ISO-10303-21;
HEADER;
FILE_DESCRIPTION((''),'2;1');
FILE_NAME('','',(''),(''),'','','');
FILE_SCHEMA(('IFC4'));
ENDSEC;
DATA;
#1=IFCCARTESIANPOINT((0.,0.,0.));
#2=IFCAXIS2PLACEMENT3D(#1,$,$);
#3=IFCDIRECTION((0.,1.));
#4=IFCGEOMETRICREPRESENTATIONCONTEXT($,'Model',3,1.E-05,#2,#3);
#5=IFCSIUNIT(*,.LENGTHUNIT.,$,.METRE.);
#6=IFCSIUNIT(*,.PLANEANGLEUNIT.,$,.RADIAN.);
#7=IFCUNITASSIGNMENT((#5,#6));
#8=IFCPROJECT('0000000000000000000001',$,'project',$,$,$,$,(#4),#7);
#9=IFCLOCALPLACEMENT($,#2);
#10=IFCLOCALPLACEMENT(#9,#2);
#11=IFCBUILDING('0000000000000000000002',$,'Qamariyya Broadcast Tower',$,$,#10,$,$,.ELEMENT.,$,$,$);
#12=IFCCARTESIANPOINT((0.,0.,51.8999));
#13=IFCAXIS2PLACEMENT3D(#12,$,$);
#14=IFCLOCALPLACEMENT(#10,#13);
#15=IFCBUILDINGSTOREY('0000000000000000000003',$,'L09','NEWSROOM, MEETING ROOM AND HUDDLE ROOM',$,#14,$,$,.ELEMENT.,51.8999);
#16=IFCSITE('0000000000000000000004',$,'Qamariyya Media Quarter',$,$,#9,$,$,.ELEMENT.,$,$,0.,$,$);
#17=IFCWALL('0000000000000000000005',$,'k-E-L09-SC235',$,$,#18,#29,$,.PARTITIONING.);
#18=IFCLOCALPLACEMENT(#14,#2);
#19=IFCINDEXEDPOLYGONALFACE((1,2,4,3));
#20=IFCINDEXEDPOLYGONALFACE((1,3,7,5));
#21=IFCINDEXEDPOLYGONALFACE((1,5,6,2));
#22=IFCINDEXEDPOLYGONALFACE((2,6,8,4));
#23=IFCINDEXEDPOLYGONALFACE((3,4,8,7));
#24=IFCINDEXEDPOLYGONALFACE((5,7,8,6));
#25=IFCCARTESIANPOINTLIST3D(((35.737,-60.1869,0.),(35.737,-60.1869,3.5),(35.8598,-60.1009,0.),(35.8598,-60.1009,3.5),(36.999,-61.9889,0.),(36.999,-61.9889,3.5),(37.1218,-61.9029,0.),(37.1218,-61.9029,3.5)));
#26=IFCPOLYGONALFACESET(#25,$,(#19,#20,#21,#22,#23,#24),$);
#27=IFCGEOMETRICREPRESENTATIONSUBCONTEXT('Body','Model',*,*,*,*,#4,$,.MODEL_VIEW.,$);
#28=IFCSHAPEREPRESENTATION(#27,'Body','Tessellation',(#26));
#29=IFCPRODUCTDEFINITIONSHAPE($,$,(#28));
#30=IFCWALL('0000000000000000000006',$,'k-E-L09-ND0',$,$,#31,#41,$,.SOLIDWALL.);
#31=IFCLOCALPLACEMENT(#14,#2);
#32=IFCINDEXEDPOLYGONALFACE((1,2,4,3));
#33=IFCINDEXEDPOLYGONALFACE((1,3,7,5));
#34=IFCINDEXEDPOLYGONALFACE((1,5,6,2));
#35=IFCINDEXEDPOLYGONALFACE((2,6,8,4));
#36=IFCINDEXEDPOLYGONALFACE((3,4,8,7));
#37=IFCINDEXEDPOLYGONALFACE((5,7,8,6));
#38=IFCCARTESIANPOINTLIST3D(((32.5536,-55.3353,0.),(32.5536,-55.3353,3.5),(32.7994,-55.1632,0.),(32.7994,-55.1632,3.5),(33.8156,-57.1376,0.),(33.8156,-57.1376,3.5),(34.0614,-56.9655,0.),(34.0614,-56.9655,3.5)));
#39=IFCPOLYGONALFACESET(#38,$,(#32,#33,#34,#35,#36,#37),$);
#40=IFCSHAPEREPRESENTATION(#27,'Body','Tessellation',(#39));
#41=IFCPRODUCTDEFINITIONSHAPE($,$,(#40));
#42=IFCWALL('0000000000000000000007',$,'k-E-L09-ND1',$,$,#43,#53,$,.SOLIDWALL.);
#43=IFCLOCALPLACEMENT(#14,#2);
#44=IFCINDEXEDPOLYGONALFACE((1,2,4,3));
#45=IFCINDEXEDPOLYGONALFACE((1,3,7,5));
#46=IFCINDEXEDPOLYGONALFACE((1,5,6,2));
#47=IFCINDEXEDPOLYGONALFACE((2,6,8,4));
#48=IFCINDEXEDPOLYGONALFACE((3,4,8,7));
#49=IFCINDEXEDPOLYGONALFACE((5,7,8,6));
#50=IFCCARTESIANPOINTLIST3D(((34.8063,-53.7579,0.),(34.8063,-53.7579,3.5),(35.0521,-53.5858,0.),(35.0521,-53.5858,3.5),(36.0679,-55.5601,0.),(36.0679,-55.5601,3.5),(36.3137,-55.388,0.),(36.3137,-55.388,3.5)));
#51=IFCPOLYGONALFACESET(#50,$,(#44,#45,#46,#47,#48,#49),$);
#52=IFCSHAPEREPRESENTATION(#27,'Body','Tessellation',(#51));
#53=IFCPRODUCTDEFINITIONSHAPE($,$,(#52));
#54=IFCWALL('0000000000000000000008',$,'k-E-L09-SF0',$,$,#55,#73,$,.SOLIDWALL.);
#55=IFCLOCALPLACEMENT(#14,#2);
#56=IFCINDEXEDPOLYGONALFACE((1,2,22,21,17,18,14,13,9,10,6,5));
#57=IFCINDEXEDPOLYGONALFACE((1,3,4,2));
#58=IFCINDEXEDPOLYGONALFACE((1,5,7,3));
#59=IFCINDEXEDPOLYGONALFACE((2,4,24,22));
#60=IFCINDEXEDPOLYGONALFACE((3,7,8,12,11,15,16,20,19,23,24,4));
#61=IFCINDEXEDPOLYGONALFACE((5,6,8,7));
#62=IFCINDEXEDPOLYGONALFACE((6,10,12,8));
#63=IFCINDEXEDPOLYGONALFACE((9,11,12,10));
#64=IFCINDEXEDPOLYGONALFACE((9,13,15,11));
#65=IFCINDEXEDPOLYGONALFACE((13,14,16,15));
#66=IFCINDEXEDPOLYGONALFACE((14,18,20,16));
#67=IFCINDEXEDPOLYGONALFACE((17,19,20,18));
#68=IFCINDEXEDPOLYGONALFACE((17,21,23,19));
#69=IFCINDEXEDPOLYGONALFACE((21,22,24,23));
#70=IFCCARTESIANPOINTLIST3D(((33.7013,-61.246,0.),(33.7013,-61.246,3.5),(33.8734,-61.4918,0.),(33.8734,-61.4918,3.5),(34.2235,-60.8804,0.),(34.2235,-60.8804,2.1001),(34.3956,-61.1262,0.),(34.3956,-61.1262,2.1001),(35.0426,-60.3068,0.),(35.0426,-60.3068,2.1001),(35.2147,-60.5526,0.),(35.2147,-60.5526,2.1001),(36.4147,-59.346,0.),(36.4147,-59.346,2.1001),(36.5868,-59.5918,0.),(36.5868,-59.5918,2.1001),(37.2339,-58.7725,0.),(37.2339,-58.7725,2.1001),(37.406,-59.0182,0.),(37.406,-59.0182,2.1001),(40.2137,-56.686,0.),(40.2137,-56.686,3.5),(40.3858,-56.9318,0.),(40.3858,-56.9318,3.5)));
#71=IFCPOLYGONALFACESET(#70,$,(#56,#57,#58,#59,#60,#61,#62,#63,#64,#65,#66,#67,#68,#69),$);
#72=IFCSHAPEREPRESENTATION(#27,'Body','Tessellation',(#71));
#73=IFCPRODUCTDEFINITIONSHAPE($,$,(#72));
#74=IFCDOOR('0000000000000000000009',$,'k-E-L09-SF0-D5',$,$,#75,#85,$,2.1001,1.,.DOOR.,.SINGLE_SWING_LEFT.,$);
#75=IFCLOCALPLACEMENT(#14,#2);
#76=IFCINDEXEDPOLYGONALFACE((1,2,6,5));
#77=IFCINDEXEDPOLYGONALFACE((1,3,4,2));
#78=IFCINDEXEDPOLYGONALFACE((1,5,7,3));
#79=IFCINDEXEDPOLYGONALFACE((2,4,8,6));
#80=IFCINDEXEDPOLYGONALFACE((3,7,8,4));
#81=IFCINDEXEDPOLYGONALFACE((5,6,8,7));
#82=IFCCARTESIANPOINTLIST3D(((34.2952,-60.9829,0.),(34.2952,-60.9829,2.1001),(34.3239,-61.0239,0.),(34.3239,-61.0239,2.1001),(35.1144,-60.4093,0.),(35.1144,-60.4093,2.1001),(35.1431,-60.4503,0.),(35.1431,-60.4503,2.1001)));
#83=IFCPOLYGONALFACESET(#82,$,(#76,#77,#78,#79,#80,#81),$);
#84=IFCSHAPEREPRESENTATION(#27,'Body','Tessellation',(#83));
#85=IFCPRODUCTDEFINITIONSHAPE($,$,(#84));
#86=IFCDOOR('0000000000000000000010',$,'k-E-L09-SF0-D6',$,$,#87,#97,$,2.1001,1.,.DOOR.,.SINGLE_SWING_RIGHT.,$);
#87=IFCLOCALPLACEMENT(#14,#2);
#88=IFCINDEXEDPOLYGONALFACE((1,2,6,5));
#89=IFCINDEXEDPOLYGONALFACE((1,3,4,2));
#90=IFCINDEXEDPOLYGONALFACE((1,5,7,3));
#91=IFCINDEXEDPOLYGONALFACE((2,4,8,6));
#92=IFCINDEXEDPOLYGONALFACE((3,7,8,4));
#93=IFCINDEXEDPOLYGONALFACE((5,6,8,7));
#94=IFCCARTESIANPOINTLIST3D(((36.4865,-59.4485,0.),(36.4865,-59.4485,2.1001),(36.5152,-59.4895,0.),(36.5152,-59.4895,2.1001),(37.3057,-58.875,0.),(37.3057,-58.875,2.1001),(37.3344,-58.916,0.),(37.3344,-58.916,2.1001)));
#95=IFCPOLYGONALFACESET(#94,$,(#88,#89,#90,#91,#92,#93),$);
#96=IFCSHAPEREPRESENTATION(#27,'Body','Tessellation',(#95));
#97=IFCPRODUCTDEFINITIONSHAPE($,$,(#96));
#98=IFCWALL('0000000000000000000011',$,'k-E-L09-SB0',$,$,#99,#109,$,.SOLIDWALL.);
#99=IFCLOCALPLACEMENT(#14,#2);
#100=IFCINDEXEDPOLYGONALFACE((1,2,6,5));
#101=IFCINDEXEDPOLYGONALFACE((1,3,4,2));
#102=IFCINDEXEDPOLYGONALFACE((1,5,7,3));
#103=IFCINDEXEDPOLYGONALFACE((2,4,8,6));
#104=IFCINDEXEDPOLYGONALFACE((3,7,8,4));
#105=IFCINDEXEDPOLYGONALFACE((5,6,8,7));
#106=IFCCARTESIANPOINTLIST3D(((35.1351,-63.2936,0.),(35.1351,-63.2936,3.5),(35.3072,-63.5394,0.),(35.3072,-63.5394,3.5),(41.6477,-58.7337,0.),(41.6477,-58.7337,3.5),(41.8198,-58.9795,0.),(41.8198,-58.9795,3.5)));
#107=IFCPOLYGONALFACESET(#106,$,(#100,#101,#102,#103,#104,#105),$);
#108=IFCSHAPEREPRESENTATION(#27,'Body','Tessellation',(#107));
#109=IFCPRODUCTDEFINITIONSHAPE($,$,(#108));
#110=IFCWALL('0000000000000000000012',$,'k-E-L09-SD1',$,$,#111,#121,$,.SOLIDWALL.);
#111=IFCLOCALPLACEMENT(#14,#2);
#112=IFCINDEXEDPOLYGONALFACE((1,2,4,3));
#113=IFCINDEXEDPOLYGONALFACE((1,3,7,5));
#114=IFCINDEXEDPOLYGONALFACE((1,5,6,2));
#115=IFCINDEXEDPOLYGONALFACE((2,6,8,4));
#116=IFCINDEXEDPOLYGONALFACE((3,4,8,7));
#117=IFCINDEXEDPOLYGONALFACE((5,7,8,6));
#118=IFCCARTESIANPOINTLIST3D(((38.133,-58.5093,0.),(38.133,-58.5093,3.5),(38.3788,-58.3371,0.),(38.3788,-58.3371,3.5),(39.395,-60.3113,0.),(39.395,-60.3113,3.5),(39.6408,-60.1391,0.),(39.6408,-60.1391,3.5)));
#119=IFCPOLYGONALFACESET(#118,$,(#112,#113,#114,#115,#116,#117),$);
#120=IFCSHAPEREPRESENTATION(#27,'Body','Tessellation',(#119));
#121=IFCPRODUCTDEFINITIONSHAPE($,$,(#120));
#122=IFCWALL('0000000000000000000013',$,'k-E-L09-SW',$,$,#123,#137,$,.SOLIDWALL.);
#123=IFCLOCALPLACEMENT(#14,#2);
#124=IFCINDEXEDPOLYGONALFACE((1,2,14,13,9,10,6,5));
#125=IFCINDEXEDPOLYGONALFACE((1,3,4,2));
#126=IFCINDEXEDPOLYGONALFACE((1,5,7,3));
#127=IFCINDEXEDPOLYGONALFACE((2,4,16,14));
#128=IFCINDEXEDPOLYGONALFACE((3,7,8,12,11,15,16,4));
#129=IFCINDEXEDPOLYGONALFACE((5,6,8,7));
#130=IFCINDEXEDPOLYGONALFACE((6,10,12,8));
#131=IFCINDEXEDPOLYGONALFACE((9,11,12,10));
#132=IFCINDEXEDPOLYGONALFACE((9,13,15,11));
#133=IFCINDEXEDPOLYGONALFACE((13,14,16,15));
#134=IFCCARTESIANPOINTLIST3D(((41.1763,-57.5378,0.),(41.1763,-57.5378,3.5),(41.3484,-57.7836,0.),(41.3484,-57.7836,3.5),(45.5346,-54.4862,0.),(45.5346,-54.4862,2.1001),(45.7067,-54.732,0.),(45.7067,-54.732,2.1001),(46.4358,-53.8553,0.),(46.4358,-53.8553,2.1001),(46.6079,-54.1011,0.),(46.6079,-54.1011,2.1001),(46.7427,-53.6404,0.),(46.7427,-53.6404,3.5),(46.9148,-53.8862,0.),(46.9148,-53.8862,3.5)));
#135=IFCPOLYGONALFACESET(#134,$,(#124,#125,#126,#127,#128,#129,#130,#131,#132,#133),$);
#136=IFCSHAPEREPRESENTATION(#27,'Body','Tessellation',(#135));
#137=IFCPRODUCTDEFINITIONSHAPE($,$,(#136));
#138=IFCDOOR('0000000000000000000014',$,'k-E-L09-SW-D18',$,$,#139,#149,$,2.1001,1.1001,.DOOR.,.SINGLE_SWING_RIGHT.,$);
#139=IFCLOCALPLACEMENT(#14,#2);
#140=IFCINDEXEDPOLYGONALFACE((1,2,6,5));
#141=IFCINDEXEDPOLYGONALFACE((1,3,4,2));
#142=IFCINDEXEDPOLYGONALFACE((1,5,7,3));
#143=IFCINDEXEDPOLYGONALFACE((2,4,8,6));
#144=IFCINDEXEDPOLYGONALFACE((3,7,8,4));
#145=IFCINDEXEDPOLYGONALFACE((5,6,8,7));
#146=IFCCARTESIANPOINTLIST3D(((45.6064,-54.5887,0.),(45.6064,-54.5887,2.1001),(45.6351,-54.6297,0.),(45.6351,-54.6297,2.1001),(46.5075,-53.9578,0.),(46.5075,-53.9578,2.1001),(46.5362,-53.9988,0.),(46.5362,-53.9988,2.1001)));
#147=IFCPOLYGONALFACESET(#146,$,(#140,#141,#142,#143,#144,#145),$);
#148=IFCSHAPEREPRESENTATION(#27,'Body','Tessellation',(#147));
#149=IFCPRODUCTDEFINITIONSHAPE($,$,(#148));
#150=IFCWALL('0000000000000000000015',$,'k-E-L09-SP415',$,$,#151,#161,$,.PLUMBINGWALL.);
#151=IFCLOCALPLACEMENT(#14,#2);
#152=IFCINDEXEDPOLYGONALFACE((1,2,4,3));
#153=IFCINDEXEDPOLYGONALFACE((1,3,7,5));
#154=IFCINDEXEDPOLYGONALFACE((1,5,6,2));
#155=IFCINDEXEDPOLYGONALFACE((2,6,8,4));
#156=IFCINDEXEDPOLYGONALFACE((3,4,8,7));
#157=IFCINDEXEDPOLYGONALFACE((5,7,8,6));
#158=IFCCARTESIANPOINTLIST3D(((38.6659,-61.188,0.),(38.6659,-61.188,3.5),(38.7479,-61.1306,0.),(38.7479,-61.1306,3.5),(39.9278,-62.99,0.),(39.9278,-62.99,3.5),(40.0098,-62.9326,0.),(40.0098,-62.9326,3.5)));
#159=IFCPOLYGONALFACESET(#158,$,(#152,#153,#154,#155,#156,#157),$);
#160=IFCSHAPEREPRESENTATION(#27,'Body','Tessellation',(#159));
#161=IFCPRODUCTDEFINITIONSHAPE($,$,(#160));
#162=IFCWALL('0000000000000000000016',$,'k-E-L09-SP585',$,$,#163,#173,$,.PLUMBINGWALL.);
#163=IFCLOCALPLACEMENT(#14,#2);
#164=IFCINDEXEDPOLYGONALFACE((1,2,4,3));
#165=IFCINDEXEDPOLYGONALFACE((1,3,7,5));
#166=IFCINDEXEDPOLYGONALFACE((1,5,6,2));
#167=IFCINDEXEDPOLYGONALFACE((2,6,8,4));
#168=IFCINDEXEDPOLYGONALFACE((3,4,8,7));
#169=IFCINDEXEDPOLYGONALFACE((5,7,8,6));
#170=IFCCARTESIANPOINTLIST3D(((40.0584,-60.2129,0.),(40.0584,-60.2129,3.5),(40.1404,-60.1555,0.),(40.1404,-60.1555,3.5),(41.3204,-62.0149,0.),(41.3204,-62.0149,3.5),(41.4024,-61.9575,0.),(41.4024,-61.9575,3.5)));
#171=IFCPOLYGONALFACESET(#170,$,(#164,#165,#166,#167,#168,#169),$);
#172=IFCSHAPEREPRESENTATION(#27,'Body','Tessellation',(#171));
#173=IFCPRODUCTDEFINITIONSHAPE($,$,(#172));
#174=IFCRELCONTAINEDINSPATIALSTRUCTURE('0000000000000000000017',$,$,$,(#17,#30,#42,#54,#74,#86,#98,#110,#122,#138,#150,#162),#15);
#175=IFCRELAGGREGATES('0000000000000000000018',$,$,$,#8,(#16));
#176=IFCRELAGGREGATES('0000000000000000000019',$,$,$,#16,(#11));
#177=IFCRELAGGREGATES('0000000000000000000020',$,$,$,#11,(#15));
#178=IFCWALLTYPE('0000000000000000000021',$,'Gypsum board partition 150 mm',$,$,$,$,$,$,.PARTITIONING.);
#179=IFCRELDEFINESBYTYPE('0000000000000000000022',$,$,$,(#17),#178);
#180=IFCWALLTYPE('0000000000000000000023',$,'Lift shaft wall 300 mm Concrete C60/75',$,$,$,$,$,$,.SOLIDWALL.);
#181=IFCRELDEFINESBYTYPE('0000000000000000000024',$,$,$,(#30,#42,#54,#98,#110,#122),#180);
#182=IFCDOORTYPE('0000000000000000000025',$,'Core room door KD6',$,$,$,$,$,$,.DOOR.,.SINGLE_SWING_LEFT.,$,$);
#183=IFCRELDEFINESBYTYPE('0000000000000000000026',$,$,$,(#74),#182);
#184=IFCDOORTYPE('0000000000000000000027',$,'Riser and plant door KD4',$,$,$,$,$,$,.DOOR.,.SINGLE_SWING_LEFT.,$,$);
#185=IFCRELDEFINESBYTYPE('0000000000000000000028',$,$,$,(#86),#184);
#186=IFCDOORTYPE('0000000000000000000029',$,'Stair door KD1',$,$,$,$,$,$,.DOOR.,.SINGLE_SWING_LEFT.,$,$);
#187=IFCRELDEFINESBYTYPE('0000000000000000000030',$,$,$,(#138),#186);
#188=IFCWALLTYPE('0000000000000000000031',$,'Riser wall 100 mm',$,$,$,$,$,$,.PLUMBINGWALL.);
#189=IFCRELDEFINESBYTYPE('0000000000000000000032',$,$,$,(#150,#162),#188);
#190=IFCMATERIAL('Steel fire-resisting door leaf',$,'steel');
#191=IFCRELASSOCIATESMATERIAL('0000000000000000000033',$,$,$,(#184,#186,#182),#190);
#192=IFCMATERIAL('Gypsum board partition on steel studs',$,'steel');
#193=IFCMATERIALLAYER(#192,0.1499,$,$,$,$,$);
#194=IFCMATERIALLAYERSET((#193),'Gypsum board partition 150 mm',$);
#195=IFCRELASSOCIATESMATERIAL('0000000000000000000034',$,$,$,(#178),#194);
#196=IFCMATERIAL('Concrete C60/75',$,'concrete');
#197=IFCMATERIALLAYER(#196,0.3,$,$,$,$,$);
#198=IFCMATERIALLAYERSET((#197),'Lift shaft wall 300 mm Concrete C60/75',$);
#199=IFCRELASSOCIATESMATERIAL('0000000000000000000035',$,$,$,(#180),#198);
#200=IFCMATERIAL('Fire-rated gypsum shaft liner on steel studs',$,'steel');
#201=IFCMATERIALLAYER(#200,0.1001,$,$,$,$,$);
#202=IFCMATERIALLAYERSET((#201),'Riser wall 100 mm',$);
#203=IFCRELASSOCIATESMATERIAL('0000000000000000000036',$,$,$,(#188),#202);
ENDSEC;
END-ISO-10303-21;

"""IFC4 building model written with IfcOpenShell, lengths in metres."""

from ifc_helpers import new_model, si_unit, direction, frame, frame_2d, origin, place, context, subcontext, project, spatial, rectangle, extrude, material, layer, layer_set, type_object, element, fill, save


model = new_model("IFC4")

# Units and contexts
model_context = context("Model", 3, precision=1e-05, world=origin(), true_north=direction((0.0, 1.0)))
body_context = subcontext(model_context, "Body", "Model", "MODEL_VIEW")
ifc_project = project(units=[si_unit("LENGTHUNIT", "METRE"), si_unit("PLANEANGLEUNIT", "RADIAN")], contexts=[model_context])

# Site, building, storey
site_placement = place(None, origin())
site = spatial("IfcSite", under=ifc_project, at=site_placement, Name="Qamariyya Media Quarter", CompositionType="ELEMENT", RefElevation=0.0)
building_placement = place(site_placement, origin())
building = spatial("IfcBuilding", under=site, at=building_placement, Name="Qamariyya Broadcast Tower", CompositionType="ELEMENT")
storey_placement = place(building_placement, frame((0.0, 0.0, 51.8999)))
storey = spatial("IfcBuildingStorey", under=building, at=storey_placement, Name="L09", Description="NEWSROOM, MEETING ROOM AND HUDDLE ROOM", CompositionType="ELEMENT", Elevation=51.8999)

# Shared definitions
ifc_material_1 = material(Name="Steel fire-resisting door leaf", Category="steel")

# Shared definitions
door_type_1 = type_object("IfcDoorType", Name="Riser and plant door KD4", OperationType="SINGLE_SWING_LEFT", PredefinedType="DOOR", material=ifc_material_1)
door_type_2 = type_object("IfcDoorType", Name="Stair door KD1", OperationType="SINGLE_SWING_LEFT", PredefinedType="DOOR", material=ifc_material_1)

# Walls
ifc_material_2 = material(Name="Concrete C60/75", Category="concrete")
ifc_material_3 = material(Name="Gypsum board partition on steel studs", Category="steel")
ifc_layer_1 = layer(ifc_material_3, 0.1499)
ifc_layer_set_1 = layer_set([ifc_layer_1], Name="Gypsum board partition 150 mm")
wall_type_1 = type_object("IfcWallType", Name="Gypsum board partition 150 mm", PredefinedType="PARTITIONING", material=ifc_layer_set_1)
wall_1_placement = place(storey_placement, frame((35.7983, -60.1438, 0.0), z_axis=(0.0, 0.0, 1.0), x_axis=(0.573634, -0.819112, 0.0)))
element("IfcWall", 1, at=wall_1_placement, inside=storey, type_object=wall_type_1, Name="k-E-L09-SC235", PredefinedType="PARTITIONING", context=body_context, shape_type="SweptSolid", body=[
    extrude(rectangle(XDim=2.2, YDim=0.1499, at=frame_2d((1.1001, 0.0))), origin(), (0.0, 0.0, 1.0), 3.5),
])
ifc_layer_2 = layer(ifc_material_2, 0.3)
ifc_layer_set_2 = layer_set([ifc_layer_2], Name="Lift shaft wall 300 mm Concrete C60/75")
wall_type_2 = type_object("IfcWallType", Name="Lift shaft wall 300 mm Concrete C60/75", PredefinedType="SOLIDWALL", material=ifc_layer_set_2)
wall_2_placement = place(storey_placement, frame((33.9385, -57.0515, 0.0), z_axis=(0.0, 0.0, 1.0), x_axis=(-0.573581, 0.819149, 0.0)))
element("IfcWall", 2, at=wall_2_placement, inside=storey, type_object=wall_type_2, Name="k-E-L09-ND0", PredefinedType="SOLIDWALL", context=body_context, shape_type="SweptSolid", body=[
    extrude(rectangle(XDim=2.2002, YDim=0.3, at=frame_2d((1.1001, 0.0))), origin(), (0.0, 0.0, 1.0), 3.5),
])
wall_3_placement = place(storey_placement, frame((36.1909, -55.4741, 0.0), z_axis=(0.0, 0.0, 1.0), x_axis=(-0.573507, 0.819201, 0.0)))
element("IfcWall", 3, at=wall_3_placement, inside=storey, type_object=wall_type_2, Name="k-E-L09-ND1", PredefinedType="SOLIDWALL", context=body_context, shape_type="SweptSolid", body=[
    extrude(rectangle(XDim=2.2, YDim=0.3, at=frame_2d((1.1001, 0.0))), origin(), (0.0, 0.0, 1.0), 3.5),
])

# Wall, openings, doors
wall_4_placement = place(storey_placement, frame((33.7874, -61.3689, 0.0), z_axis=(0.0, 0.0, 1.0), x_axis=(0.819153, 0.573576, 0.0)))
wall_4 = element("IfcWall", 4, at=wall_4_placement, inside=storey, type_object=wall_type_2, Name="k-E-L09-SF0", PredefinedType="SOLIDWALL", context=body_context, shape_type="SweptSolid", body=[
    extrude(rectangle(XDim=7.9502, YDim=0.3, at=frame_2d((3.9751, 0.0))), origin(), (0.0, 0.0, 1.0), 3.5),
])
opening_1_placement = place(wall_4_placement, frame((0.6375, 0.0, 0.0)))
opening_1 = element("IfcOpeningElement", 5, at=opening_1_placement, cuts=wall_4, PredefinedType="OPENING", context=body_context, shape_type="SweptSolid", body=[
    extrude(rectangle(XDim=1.0, YDim=2.1001, at=frame_2d((0.5, 1.05))), frame((0.0, 0.1599, 0.0), z_axis=(0.0, -1.0, 0.0), x_axis=(1.0, 0.0, 0.0)), (0.0, 0.0, 1.0), 0.3201),
])
opening_2_placement = place(wall_4_placement, frame((3.3125, 0.0, 0.0)))
opening_2 = element("IfcOpeningElement", 6, at=opening_2_placement, cuts=wall_4, PredefinedType="OPENING", context=body_context, shape_type="SweptSolid", body=[
    extrude(rectangle(XDim=1.0, YDim=2.1001, at=frame_2d((0.5, 1.05))), frame((0.0, 0.1599, 0.0), z_axis=(0.0, -1.0, 0.0), x_axis=(1.0, 0.0, 0.0)), (0.0, 0.0, 1.0), 0.3201),
])
door_type_3 = type_object("IfcDoorType", Name="Core room door KD6", OperationType="SINGLE_SWING_LEFT", PredefinedType="DOOR", material=ifc_material_1)
door_1_placement = place(opening_1_placement, origin())
door_1 = element("IfcDoor", 7, at=door_1_placement, inside=storey, type_object=door_type_3, Name="k-E-L09-SF0-D5", OperationType="SINGLE_SWING_LEFT", OverallHeight=2.1001, OverallWidth=1.0, PredefinedType="DOOR", context=body_context, shape_type="SweptSolid", body=[
    extrude(rectangle(XDim=1.0, YDim=2.1001, at=frame_2d((0.5, 1.05))), frame((0.0, 0.0249, 0.0), z_axis=(0.0, -1.0, 0.0), x_axis=(1.0, 0.0, 0.0)), (0.0, 0.0, 1.0), 0.05),
])
fill(opening_1, door_1)
door_2_placement = place(opening_2_placement, origin())
door_2 = element("IfcDoor", 8, at=door_2_placement, inside=storey, type_object=door_type_1, Name="k-E-L09-SF0-D6", OperationType="SINGLE_SWING_RIGHT", OverallHeight=2.1001, OverallWidth=1.0, PredefinedType="DOOR", context=body_context, shape_type="SweptSolid", body=[
    extrude(rectangle(XDim=1.0, YDim=2.1001, at=frame_2d((0.5, 1.05))), frame((0.0, 0.0249, 0.0), z_axis=(0.0, -1.0, 0.0), x_axis=(1.0, 0.0, 0.0)), (0.0, 0.0, 1.0), 0.05),
])
fill(opening_2, door_2)

# Walls
wall_5_placement = place(storey_placement, frame((35.2212, -63.4165, 0.0), z_axis=(0.0, 0.0, 1.0), x_axis=(0.819167, 0.573555, 0.0)))
element("IfcWall", 9, at=wall_5_placement, inside=storey, type_object=wall_type_2, Name="k-E-L09-SB0", PredefinedType="SOLIDWALL", context=body_context, shape_type="SweptSolid", body=[
    extrude(rectangle(XDim=7.9502, YDim=0.3, at=frame_2d((3.9751, 0.0))), origin(), (0.0, 0.0, 1.0), 3.5),
])
wall_6_placement = place(storey_placement, frame((38.2559, -58.4231, 0.0), z_axis=(0.0, 0.0, 1.0), x_axis=(0.573634, -0.819112, 0.0)))
element("IfcWall", 10, at=wall_6_placement, inside=storey, type_object=wall_type_2, Name="k-E-L09-SD1", PredefinedType="SOLIDWALL", context=body_context, shape_type="SweptSolid", body=[
    extrude(rectangle(XDim=2.2, YDim=0.3, at=frame_2d((1.1001, 0.0))), origin(), (0.0, 0.0, 1.0), 3.5),
])

# Wall, opening, door
wall_7_placement = place(storey_placement, frame((41.2625, -57.6606, 0.0), z_axis=(0.0, 0.0, 1.0), x_axis=(0.819164, 0.573559, 0.0)))
wall_7 = element("IfcWall", 11, at=wall_7_placement, inside=storey, type_object=wall_type_2, Name="k-E-L09-SW", PredefinedType="SOLIDWALL", context=body_context, shape_type="SweptSolid", body=[
    extrude(rectangle(XDim=6.7952, YDim=0.3, at=frame_2d((3.3975, 0.0))), origin(), (0.0, 0.0, 1.0), 3.5),
])
opening_3_placement = place(wall_7_placement, frame((5.3203, 0.0, 0.0)))
opening_3 = element("IfcOpeningElement", 12, at=opening_3_placement, cuts=wall_7, PredefinedType="OPENING", context=body_context, shape_type="SweptSolid", body=[
    extrude(rectangle(XDim=1.1001, YDim=2.1001, at=frame_2d((0.55, 1.05))), frame((0.0, 0.1599, 0.0), z_axis=(0.0, -1.0, 0.0), x_axis=(1.0, 0.0, 0.0)), (0.0, 0.0, 1.0), 0.3201),
])
door_3_placement = place(opening_3_placement, origin())
door_3 = element("IfcDoor", 13, at=door_3_placement, inside=storey, type_object=door_type_2, Name="k-E-L09-SW-D18", OperationType="SINGLE_SWING_RIGHT", OverallHeight=2.1001, OverallWidth=1.1001, PredefinedType="DOOR", context=body_context, shape_type="SweptSolid", body=[
    extrude(rectangle(XDim=1.1001, YDim=2.1001, at=frame_2d((0.55, 1.05))), frame((0.0, 0.0249, 0.0), z_axis=(0.0, -1.0, 0.0), x_axis=(1.0, 0.0, 0.0)), (0.0, 0.0, 1.0), 0.05),
])
fill(opening_3, door_3)

# Walls
ifc_material_4 = material(Name="Fire-rated gypsum shaft liner on steel studs", Category="steel")
ifc_layer_3 = layer(ifc_material_4, 0.1001)
ifc_layer_set_3 = layer_set([ifc_layer_3], Name="Riser wall 100 mm")
wall_type_3 = type_object("IfcWallType", Name="Riser wall 100 mm", PredefinedType="PLUMBINGWALL", material=ifc_layer_set_3)
for number, where, z_axis, x_axis, name in (
    (14, (38.7068, -61.1592, 0.0), (0.0, 0.0, 1.0), (0.573634, -0.819112, 0.0), "k-E-L09-SP415"),
    (15, (40.0994, -60.1841, 0.0), (0.0, 0.0, 1.0), (0.573634, -0.819112, 0.0), "k-E-L09-SP585"),
):
    element("IfcWall", number, at=place(storey_placement, frame(where, z_axis=z_axis, x_axis=x_axis)), inside=storey, type_object=wall_type_3, Name=name, PredefinedType="PLUMBINGWALL", context=body_context, shape_type="SweptSolid", body=[
        extrude(rectangle(XDim=2.2, YDim=0.1001, at=frame_2d((1.1001, 0.0))), origin(), (0.0, 0.0, 1.0), 3.5),
    ])

save(model, "model.ifc")
